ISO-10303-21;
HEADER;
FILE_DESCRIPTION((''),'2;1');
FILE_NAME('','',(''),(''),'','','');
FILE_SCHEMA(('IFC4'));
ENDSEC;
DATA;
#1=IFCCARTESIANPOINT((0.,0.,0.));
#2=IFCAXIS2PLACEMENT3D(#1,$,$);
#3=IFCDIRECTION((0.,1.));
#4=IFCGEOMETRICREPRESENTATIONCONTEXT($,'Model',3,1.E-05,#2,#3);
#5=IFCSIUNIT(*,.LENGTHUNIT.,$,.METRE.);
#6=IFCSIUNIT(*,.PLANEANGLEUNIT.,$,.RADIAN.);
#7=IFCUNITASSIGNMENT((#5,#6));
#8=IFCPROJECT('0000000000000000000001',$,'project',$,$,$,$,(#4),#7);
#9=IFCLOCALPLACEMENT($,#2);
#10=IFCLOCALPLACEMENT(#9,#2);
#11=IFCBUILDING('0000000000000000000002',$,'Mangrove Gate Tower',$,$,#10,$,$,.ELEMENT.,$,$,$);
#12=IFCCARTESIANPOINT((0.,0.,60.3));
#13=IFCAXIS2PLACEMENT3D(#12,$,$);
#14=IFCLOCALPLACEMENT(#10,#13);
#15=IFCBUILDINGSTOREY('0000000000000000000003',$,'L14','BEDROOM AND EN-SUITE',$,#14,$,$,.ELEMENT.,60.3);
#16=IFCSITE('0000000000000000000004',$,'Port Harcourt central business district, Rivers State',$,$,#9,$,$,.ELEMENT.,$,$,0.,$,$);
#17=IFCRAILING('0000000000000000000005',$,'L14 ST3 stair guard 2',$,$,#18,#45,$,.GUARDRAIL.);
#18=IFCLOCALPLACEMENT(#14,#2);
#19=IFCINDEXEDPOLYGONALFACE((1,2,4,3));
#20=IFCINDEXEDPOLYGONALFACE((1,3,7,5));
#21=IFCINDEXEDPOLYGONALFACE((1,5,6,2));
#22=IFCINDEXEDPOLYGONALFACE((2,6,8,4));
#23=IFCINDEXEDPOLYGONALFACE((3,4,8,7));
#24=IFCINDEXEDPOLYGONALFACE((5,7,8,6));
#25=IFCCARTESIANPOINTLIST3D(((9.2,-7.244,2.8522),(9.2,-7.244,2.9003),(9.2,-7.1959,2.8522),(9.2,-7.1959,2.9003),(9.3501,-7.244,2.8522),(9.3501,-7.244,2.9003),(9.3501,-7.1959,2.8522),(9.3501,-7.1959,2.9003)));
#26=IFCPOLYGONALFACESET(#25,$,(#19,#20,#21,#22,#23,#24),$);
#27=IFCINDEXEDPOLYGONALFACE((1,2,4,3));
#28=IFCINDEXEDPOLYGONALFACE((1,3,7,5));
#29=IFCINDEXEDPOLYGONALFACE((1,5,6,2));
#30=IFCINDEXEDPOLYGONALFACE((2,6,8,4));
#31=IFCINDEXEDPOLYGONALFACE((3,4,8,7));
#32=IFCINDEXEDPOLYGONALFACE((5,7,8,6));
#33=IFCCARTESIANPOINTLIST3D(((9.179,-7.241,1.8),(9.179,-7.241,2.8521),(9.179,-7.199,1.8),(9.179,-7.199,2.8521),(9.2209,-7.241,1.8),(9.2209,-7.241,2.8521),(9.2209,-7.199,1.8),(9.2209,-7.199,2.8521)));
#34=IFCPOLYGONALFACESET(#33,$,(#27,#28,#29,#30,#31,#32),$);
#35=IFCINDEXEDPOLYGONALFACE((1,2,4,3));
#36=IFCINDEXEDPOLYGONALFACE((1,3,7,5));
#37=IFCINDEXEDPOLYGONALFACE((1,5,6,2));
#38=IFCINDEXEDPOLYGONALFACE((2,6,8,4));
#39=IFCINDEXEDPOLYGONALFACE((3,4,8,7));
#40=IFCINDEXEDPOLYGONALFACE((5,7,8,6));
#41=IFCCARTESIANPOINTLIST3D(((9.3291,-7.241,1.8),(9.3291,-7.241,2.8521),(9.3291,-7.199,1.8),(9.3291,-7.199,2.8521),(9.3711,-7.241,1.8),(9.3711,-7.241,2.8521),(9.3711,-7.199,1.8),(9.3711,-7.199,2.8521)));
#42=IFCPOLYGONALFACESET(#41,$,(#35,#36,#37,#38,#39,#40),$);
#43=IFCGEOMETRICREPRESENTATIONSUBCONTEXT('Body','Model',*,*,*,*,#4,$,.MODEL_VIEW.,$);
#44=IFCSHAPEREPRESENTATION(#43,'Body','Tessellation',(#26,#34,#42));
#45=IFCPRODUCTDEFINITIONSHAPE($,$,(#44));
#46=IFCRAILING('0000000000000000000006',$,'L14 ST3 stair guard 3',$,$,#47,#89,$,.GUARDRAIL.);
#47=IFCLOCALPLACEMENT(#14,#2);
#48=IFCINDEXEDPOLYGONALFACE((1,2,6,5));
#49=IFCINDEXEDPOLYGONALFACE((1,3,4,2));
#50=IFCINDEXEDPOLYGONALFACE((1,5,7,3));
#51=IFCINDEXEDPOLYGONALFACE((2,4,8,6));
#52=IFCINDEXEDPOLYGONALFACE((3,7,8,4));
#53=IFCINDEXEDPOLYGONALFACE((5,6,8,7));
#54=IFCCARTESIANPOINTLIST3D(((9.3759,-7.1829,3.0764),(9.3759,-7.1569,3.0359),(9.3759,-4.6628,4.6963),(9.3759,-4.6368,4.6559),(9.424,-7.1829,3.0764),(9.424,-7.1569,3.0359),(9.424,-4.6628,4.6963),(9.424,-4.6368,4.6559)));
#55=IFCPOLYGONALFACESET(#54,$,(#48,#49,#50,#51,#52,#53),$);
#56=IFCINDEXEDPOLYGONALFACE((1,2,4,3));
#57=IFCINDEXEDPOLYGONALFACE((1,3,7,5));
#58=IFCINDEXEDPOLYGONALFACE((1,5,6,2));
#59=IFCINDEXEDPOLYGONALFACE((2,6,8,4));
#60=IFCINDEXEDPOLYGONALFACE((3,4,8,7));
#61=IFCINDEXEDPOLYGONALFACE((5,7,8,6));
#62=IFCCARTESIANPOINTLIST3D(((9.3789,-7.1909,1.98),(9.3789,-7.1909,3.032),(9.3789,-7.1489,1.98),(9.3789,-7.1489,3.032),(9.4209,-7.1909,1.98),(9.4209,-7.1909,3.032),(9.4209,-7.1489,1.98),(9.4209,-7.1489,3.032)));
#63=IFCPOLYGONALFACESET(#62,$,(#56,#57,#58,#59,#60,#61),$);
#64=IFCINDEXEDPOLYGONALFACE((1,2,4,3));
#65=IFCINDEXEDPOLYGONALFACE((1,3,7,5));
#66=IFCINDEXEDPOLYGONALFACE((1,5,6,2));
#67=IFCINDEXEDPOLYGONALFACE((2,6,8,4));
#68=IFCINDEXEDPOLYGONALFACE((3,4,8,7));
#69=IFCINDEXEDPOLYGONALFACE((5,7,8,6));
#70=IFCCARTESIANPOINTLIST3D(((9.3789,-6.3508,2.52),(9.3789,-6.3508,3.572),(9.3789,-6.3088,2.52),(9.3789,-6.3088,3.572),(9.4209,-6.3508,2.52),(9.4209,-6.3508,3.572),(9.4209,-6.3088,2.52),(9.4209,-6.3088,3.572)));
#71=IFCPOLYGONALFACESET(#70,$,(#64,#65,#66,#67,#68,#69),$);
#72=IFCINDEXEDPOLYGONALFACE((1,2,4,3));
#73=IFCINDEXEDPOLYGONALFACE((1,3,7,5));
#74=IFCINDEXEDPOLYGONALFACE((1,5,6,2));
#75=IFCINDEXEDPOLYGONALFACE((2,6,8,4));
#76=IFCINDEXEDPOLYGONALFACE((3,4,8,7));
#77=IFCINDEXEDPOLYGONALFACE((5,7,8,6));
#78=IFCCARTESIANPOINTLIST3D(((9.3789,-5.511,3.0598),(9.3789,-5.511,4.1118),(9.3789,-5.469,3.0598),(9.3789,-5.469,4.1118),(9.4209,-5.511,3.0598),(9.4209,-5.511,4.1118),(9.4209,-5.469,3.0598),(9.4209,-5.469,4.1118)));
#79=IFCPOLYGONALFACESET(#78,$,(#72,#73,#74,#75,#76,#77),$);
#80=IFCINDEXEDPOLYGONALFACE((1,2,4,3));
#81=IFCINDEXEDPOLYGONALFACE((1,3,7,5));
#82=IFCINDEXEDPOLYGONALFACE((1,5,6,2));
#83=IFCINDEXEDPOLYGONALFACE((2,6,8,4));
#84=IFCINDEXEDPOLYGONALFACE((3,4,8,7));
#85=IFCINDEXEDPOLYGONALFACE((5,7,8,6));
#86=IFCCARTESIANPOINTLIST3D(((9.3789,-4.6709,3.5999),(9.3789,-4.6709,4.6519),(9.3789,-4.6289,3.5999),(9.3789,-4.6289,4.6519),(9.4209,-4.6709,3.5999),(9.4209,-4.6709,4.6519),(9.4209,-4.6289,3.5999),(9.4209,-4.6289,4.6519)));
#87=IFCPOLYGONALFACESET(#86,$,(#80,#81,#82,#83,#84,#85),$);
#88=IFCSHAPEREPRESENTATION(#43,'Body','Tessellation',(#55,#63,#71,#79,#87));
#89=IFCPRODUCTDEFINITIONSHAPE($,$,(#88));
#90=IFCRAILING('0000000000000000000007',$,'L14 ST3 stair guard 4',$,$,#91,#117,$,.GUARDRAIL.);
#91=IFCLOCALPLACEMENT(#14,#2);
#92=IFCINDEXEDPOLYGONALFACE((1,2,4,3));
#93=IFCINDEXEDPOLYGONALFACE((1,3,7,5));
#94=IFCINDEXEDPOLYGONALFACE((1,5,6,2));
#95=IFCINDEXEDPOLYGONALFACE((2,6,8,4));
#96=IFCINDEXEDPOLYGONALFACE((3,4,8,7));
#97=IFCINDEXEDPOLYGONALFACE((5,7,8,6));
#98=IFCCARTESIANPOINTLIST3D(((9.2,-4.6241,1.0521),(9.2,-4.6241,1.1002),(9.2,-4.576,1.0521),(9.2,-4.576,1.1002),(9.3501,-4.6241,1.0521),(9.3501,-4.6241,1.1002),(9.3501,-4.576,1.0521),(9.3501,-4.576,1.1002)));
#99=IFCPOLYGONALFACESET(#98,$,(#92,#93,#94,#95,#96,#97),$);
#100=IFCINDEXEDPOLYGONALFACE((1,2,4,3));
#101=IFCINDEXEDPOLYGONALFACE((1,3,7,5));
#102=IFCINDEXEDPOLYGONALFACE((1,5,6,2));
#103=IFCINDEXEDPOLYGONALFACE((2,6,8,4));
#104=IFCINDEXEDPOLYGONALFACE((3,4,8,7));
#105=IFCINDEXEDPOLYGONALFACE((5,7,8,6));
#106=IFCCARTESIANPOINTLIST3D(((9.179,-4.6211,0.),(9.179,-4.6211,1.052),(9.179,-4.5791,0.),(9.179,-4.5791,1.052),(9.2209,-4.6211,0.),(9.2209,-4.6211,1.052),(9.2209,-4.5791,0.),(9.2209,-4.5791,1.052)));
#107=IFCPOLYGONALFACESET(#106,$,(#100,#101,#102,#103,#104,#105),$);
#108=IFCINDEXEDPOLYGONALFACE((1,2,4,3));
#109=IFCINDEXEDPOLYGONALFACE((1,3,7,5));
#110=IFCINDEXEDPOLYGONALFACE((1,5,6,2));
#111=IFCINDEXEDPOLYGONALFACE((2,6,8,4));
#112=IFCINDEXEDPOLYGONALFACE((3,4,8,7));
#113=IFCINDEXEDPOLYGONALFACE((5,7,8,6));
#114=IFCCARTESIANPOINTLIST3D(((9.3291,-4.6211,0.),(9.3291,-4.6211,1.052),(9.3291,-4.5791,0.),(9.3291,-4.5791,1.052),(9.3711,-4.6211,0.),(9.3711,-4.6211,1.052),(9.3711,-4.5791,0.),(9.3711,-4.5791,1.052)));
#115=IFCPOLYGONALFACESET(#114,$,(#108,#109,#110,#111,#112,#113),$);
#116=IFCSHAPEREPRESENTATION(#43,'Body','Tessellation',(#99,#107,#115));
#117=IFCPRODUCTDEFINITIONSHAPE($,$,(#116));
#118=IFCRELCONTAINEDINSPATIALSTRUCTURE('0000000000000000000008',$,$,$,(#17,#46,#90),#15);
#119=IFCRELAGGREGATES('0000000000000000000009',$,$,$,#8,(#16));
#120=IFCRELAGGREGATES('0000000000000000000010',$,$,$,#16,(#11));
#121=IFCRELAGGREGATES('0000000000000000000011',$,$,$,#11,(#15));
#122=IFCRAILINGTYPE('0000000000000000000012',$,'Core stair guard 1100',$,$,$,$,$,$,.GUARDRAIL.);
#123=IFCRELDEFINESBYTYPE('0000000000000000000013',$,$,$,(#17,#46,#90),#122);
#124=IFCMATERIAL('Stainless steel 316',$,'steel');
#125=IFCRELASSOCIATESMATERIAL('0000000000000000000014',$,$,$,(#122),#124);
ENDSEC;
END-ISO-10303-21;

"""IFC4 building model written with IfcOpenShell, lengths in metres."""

from ifc_helpers import new_model, si_unit, direction, frame, origin, origin_2d, place, context, subcontext, project, spatial, rectangle, extrude, material, type_object, element, save


model = new_model("IFC4")

# Units and contexts
model_context = context("Model", 3, precision=1e-05, world=origin(), true_north=direction((0.0, 1.0)))
body_context = subcontext(model_context, "Body", "Model", "MODEL_VIEW")
ifc_project = project(units=[si_unit("LENGTHUNIT", "METRE"), si_unit("PLANEANGLEUNIT", "RADIAN")], contexts=[model_context])

# Site, building, storey
site_placement = place(None, origin())
site = spatial("IfcSite", under=ifc_project, at=site_placement, Name="Port Harcourt central business district, Rivers State", CompositionType="ELEMENT", RefElevation=0.0)
building_placement = place(site_placement, origin())
building = spatial("IfcBuilding", under=site, at=building_placement, Name="Mangrove Gate Tower", CompositionType="ELEMENT")
storey_placement = place(building_placement, frame((0.0, 0.0, 60.3)))
storey = spatial("IfcBuildingStorey", under=building, at=storey_placement, Name="L14", Description="BEDROOM AND EN-SUITE", CompositionType="ELEMENT", Elevation=60.3)

# Railings
ifc_material_1 = material(Name="Stainless steel 316", Category="steel")
railing_type_1 = type_object("IfcRailingType", Name="Core stair guard 1100", PredefinedType="GUARDRAIL", material=ifc_material_1)
railing_1_placement = place(storey_placement, frame((9.2, -7.22, 1.8)))
element("IfcRailing", 1, at=railing_1_placement, inside=storey, type_object=railing_type_1, Name="L14 ST3 stair guard 2", PredefinedType="GUARDRAIL", context=body_context, shape_type="SweptSolid", body=[
    extrude(rectangle(XDim=0.0481, YDim=0.0481, at=origin_2d()), frame((0.0, 0.0, 1.0762), z_axis=(1.0, 0.0, 0.0), x_axis=(0.0, 1.0, 0.0)), (0.0, 0.0, 1.0), 0.1501),
    extrude(rectangle(XDim=0.042, YDim=0.042, at=origin_2d()), origin(), (0.0, 0.0, 1.0), 1.052),
    extrude(rectangle(XDim=0.042, YDim=0.042, at=origin_2d()), frame((0.1501, 0.0, 0.0)), (0.0, 0.0, 1.0), 1.052),
])
railing_2_placement = place(storey_placement, frame((9.3999, -7.1699, 1.98)))
element("IfcRailing", 2, at=railing_2_placement, inside=storey, type_object=railing_type_1, Name="L14 ST3 stair guard 3", PredefinedType="GUARDRAIL", context=body_context, shape_type="SweptSolid", body=[
    extrude(rectangle(XDim=0.0481, YDim=0.0481, at=origin_2d()), frame((0.0, 0.0, 1.0762), z_axis=(0.0, 0.8412, 0.540725), x_axis=(-1.0, 0.0, 0.0)), (0.0, 0.0, 1.0), 2.9958),
    extrude(rectangle(XDim=0.042, YDim=0.042, at=origin_2d()), origin(), (0.0, 0.0, 1.0), 1.052),
    extrude(rectangle(XDim=0.042, YDim=0.042, at=origin_2d()), frame((0.0, 0.8401, 0.54)), (0.0, 0.0, 1.0), 1.052),
    extrude(rectangle(XDim=0.042, YDim=0.042, at=origin_2d()), frame((0.0, 1.6799, 1.0798)), (0.0, 0.0, 1.0), 1.052),
    extrude(rectangle(XDim=0.042, YDim=0.042, at=origin_2d()), frame((0.0, 2.52, 1.6199)), (0.0, 0.0, 1.0), 1.052),
])
railing_3_placement = place(storey_placement, frame((9.2, -4.6001, 0.0)))
element("IfcRailing", 3, at=railing_3_placement, inside=storey, type_object=railing_type_1, Name="L14 ST3 stair guard 4", PredefinedType="GUARDRAIL", context=body_context, shape_type="SweptSolid", body=[
    extrude(rectangle(XDim=0.0481, YDim=0.0481, at=origin_2d()), frame((0.0, 0.0, 1.0762), z_axis=(1.0, 0.0, 0.0), x_axis=(0.0, 1.0, 0.0)), (0.0, 0.0, 1.0), 0.1501),
    extrude(rectangle(XDim=0.042, YDim=0.042, at=origin_2d()), origin(), (0.0, 0.0, 1.0), 1.052),
    extrude(rectangle(XDim=0.042, YDim=0.042, at=origin_2d()), frame((0.1501, 0.0, 0.0)), (0.0, 0.0, 1.0), 1.052),
])

save(model, "model.ifc")
